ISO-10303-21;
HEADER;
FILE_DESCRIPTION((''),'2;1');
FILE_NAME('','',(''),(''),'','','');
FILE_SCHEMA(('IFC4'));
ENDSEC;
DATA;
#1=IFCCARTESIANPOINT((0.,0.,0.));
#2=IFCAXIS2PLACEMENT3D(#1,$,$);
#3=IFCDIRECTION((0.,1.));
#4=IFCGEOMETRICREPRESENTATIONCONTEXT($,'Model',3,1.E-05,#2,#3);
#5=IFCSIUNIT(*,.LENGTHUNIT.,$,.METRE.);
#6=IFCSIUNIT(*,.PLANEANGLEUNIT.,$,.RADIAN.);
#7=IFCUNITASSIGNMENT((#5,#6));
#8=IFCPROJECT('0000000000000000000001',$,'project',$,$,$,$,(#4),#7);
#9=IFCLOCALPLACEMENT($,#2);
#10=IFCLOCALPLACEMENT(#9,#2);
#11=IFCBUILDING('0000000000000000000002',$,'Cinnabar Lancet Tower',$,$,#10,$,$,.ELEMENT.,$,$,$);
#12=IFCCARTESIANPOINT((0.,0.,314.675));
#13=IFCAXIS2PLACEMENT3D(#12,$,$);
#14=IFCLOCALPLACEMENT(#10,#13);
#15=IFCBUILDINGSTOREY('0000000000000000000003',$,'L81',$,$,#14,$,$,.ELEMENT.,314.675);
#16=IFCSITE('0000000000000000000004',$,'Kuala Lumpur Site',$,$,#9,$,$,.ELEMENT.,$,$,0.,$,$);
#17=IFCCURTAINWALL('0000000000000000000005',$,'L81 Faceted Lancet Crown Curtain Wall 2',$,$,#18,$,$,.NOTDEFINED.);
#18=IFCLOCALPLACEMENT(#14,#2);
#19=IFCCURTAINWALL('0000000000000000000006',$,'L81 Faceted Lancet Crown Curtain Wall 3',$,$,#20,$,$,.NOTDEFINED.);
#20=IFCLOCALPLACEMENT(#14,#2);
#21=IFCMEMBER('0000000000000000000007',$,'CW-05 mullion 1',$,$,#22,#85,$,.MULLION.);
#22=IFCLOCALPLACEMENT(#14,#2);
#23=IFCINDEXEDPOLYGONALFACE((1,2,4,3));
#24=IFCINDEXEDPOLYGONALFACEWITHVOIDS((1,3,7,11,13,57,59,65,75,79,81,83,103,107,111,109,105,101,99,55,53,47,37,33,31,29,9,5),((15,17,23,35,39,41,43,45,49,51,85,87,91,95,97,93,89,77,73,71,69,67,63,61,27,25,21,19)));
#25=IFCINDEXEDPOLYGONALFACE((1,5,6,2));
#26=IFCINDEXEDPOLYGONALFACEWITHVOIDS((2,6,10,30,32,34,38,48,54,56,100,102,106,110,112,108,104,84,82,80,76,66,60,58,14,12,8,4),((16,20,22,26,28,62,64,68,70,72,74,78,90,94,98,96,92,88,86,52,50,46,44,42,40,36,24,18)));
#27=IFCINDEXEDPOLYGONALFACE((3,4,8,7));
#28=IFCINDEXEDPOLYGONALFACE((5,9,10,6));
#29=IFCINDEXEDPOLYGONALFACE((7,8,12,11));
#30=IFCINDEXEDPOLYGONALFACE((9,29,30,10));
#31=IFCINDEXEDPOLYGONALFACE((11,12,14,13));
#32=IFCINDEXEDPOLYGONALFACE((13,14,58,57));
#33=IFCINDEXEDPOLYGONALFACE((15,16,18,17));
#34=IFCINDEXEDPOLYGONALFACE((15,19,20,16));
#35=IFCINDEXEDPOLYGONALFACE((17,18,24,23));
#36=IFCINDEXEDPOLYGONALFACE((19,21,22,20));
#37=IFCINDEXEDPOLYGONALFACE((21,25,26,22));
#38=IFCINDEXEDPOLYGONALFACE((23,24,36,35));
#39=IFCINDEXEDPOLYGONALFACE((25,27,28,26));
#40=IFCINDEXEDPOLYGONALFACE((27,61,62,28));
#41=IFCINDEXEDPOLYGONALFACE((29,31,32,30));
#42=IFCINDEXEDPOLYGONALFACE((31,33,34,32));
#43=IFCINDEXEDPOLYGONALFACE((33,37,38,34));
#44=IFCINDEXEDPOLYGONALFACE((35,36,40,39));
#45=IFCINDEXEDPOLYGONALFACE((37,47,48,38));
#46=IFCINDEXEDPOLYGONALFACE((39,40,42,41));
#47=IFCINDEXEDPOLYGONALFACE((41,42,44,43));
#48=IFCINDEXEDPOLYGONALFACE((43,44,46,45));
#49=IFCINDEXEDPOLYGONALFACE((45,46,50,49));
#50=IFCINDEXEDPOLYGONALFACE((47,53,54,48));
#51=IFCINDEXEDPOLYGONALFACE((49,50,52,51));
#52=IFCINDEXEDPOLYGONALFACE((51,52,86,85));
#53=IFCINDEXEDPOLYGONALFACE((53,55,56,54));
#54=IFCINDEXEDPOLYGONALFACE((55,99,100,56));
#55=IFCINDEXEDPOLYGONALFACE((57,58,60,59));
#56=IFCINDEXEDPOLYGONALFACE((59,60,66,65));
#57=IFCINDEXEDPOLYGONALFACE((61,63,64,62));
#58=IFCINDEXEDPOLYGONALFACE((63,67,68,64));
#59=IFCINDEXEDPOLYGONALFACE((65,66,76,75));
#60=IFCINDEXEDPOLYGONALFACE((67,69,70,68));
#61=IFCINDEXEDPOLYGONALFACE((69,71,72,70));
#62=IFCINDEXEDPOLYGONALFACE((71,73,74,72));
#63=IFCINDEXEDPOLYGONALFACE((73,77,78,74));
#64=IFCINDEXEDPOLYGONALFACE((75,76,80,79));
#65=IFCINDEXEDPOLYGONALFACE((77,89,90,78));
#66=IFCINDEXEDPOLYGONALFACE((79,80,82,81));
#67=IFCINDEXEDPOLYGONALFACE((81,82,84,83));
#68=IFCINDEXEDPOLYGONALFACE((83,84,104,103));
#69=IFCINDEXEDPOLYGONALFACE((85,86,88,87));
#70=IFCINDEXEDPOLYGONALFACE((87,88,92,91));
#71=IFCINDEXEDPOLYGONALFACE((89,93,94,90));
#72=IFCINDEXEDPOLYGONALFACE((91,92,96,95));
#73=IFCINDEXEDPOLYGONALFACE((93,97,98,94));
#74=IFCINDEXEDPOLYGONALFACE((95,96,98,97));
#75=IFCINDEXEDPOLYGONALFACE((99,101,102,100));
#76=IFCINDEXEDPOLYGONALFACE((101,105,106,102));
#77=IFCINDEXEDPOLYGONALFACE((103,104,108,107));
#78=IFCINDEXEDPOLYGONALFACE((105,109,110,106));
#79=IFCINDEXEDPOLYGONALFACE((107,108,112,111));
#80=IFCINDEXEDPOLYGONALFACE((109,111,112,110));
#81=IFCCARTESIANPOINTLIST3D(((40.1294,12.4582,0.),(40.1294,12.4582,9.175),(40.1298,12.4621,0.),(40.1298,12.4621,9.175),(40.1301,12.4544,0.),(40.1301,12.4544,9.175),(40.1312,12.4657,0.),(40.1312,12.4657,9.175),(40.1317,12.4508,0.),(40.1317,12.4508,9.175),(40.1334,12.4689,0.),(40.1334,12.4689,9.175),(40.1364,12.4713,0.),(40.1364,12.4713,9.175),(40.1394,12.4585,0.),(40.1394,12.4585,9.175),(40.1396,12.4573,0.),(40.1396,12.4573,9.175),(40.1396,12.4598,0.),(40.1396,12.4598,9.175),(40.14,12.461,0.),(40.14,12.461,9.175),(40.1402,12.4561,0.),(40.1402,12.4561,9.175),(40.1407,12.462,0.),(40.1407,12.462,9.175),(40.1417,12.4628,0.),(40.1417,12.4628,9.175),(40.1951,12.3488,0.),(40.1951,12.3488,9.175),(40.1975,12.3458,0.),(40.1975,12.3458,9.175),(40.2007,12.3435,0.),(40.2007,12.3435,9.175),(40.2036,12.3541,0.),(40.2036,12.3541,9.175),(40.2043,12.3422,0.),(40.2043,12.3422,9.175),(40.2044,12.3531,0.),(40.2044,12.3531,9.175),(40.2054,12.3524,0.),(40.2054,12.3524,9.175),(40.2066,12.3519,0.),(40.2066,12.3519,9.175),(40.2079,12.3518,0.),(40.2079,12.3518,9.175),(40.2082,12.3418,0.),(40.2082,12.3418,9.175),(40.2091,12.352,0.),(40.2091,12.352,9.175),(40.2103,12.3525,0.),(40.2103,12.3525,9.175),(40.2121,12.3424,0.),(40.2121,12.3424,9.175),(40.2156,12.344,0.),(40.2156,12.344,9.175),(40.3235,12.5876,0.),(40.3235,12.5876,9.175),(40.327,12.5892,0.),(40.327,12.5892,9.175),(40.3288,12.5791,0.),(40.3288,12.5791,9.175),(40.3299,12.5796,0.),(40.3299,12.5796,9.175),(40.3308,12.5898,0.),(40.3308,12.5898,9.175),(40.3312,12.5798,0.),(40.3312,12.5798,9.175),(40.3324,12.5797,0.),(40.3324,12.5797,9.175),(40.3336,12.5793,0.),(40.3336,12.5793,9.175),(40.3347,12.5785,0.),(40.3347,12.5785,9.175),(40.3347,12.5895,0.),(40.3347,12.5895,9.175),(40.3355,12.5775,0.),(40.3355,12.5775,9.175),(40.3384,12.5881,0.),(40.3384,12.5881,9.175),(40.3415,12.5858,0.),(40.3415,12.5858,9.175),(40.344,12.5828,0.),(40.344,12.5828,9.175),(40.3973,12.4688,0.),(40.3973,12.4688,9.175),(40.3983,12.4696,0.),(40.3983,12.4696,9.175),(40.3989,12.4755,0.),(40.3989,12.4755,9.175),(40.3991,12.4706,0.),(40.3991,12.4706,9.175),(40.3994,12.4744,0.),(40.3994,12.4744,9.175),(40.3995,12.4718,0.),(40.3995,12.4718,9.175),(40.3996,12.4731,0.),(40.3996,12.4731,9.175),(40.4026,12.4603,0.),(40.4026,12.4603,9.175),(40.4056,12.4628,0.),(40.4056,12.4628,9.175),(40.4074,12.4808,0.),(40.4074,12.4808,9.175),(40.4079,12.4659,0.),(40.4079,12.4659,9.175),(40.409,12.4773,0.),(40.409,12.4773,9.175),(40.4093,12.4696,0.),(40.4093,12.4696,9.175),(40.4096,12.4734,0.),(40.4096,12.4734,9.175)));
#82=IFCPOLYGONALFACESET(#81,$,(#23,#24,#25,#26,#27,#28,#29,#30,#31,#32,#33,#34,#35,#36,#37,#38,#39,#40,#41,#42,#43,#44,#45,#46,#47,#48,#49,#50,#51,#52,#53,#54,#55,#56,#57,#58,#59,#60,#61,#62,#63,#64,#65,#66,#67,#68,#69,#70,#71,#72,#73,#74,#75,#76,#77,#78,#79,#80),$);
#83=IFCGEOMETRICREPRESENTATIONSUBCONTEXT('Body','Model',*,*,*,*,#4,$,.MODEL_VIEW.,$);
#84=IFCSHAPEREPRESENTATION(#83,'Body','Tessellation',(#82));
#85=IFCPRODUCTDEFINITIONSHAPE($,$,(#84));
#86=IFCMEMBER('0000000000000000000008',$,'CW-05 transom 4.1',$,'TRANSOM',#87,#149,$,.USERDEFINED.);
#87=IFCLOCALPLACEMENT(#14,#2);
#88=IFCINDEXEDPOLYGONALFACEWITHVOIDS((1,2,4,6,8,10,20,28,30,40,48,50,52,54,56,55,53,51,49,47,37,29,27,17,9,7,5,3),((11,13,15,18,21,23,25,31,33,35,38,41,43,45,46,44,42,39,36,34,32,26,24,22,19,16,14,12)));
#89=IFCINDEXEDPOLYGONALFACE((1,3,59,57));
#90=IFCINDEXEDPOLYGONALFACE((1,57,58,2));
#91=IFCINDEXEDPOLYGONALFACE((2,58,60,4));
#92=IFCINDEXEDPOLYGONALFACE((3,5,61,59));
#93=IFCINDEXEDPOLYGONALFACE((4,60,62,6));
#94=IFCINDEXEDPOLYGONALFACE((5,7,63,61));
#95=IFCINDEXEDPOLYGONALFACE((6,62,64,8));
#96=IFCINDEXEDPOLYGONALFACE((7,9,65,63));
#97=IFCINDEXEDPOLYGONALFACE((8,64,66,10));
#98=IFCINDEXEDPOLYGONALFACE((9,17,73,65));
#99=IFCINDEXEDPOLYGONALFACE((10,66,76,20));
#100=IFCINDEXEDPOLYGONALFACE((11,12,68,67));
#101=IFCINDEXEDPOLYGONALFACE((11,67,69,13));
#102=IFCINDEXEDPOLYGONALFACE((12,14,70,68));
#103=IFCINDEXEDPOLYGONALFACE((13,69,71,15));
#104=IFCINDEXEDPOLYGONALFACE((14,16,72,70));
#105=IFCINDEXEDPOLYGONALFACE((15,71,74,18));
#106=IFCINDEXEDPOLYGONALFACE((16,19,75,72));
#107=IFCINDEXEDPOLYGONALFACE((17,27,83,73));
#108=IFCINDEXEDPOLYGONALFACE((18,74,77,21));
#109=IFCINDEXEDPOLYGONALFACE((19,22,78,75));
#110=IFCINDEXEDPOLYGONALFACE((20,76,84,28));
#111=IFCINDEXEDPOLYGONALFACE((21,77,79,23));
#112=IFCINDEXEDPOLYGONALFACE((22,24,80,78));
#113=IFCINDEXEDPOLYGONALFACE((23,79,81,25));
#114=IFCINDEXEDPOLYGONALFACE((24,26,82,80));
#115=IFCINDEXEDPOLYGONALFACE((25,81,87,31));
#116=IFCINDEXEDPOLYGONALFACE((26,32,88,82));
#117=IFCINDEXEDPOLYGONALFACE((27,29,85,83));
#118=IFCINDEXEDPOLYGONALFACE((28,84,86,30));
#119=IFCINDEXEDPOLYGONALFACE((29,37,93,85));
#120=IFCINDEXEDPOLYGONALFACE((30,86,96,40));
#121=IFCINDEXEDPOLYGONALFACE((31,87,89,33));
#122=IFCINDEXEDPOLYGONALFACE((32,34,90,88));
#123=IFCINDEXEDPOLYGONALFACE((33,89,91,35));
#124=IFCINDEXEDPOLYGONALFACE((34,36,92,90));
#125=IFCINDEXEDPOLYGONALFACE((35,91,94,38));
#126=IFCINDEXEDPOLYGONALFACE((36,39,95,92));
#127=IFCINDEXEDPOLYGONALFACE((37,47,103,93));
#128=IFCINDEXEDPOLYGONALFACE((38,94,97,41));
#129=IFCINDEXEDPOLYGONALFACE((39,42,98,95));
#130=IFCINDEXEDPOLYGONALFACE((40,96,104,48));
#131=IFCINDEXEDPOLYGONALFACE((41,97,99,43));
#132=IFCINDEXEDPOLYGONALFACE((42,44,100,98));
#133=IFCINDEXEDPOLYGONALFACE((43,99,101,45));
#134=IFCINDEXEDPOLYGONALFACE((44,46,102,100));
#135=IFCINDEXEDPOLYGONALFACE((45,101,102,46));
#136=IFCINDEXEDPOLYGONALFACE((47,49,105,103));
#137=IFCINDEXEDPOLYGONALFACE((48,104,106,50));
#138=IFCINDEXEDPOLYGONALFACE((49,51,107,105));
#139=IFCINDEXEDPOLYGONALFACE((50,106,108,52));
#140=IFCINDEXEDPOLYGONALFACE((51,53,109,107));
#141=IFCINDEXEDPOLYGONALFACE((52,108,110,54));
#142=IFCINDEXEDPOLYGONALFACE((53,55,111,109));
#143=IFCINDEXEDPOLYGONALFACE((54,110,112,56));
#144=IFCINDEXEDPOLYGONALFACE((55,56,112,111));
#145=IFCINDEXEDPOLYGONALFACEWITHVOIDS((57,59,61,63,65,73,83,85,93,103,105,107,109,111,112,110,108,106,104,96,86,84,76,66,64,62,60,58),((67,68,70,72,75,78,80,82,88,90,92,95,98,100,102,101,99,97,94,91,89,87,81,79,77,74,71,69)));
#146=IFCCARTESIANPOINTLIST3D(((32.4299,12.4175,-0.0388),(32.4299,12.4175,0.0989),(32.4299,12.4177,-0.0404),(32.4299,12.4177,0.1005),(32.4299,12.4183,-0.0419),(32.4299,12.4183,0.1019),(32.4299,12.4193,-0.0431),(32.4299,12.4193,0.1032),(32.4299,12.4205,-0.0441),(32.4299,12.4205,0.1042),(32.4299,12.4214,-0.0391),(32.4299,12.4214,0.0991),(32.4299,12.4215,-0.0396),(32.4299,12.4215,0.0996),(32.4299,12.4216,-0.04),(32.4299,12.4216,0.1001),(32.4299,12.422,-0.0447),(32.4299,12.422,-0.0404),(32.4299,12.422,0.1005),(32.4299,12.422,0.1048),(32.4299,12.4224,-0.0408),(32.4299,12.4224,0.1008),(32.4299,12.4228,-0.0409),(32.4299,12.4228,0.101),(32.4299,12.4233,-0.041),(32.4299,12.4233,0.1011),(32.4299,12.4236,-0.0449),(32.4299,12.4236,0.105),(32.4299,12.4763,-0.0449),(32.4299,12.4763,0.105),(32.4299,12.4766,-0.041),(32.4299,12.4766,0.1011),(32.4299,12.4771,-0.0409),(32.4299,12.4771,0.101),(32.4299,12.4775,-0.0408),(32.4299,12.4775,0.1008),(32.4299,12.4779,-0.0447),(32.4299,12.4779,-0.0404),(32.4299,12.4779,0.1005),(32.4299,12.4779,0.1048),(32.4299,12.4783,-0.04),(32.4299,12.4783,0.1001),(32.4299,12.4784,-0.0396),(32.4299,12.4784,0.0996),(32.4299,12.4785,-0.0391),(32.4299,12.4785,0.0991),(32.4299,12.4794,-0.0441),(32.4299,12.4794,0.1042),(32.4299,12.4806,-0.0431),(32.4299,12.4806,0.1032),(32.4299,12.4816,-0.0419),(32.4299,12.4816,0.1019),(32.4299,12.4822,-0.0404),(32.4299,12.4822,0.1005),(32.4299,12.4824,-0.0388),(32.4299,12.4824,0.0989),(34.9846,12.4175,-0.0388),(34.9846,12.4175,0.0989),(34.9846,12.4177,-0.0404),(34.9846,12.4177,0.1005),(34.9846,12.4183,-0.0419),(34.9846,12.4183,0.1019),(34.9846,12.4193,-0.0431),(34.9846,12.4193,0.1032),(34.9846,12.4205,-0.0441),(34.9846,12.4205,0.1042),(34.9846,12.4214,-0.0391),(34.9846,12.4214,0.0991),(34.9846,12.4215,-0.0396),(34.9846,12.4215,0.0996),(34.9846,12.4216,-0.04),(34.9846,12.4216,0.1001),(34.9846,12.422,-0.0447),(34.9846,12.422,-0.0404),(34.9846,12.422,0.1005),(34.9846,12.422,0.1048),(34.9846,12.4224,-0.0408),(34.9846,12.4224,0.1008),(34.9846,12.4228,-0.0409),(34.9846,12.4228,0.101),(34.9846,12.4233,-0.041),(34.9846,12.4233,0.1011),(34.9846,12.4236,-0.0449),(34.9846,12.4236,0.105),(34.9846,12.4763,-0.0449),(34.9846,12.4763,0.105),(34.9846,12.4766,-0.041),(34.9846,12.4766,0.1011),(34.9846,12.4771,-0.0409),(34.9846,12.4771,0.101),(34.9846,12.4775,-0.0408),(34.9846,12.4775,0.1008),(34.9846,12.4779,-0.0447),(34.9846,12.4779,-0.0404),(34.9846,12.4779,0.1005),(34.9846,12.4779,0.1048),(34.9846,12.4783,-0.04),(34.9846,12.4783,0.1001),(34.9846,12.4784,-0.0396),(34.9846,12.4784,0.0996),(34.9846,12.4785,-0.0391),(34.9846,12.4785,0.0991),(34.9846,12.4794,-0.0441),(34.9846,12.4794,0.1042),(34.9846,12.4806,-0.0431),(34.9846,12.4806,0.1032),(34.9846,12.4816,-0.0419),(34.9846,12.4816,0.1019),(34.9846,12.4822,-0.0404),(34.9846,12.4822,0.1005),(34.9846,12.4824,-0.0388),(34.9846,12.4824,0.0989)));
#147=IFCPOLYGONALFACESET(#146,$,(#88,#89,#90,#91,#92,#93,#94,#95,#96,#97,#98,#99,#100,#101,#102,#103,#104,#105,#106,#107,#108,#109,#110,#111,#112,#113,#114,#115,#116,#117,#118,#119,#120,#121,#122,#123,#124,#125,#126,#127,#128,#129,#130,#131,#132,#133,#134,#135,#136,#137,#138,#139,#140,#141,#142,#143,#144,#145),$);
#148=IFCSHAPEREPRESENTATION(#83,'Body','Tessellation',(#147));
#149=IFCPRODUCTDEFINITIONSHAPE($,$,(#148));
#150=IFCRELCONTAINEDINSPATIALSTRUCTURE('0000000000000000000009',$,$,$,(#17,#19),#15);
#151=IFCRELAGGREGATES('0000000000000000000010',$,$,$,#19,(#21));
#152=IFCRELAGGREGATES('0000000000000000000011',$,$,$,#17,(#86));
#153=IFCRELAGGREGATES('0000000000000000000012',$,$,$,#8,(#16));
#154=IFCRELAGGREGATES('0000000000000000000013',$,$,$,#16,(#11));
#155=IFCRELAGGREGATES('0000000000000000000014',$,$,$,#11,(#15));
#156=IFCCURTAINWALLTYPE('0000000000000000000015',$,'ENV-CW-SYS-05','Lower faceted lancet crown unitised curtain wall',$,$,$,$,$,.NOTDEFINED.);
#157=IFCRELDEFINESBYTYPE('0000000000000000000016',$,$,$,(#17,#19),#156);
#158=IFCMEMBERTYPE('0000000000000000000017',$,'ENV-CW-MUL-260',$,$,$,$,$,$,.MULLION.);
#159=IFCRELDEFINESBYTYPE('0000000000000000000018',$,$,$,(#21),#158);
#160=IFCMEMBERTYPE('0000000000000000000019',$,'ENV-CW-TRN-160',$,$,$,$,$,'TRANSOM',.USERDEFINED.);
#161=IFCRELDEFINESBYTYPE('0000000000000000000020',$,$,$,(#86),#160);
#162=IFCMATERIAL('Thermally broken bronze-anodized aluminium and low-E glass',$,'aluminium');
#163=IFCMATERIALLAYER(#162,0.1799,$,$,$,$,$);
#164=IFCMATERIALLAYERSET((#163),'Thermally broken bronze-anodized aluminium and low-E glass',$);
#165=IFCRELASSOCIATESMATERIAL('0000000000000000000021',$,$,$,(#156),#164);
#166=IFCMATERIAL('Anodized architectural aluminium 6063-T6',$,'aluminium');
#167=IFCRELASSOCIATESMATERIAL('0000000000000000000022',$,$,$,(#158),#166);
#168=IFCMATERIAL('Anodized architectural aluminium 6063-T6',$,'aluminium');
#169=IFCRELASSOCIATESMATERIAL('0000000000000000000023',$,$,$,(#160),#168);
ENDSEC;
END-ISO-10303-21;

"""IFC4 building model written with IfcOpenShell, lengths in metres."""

from ifc_helpers import new_model, si_unit, direction, frame, origin, origin_2d, place, context, subcontext, project, spatial, hollow_rectangle, extrude, material, layer, layer_set, material_profile, profile_set, type_object, element, aggregate, save


model = new_model("IFC4")

# Units and contexts
model_context = context("Model", 3, precision=1e-05, world=origin(), true_north=direction((0.0, 1.0)))
body_context = subcontext(model_context, "Body", "Model", "MODEL_VIEW")
ifc_project = project(units=[si_unit("LENGTHUNIT", "METRE"), si_unit("PLANEANGLEUNIT", "RADIAN")], contexts=[model_context])

# Site, building, storey
site_placement = place(None, origin())
site = spatial("IfcSite", under=ifc_project, at=site_placement, Name="Kuala Lumpur Site", CompositionType="ELEMENT", RefElevation=0.0)
building_placement = place(site_placement, origin())
building = spatial("IfcBuilding", under=site, at=building_placement, Name="Cinnabar Lancet Tower", CompositionType="ELEMENT")
storey_placement = place(building_placement, frame((0.0, 0.0, 314.675)))
storey = spatial("IfcBuildingStorey", under=building, at=storey_placement, Name="L81", CompositionType="ELEMENT", Elevation=314.675)

# Curtain wall
ifc_material_1 = material(Name="Thermally broken bronze-anodized aluminium and low-E glass", Category="aluminium")
ifc_layer_1 = layer(ifc_material_1, 0.1799)
ifc_layer_set_1 = layer_set([ifc_layer_1], Name="Thermally broken bronze-anodized aluminium and low-E glass")
curtain_wall_type = type_object("IfcCurtainWallType", Name="ENV-CW-SYS-05", Description="Lower faceted lancet crown unitised curtain wall", PredefinedType="NOTDEFINED", material=ifc_layer_set_1)
curtain_wall_1_placement = place(storey_placement, origin())
curtain_wall_1 = element("IfcCurtainWall", 1, at=curtain_wall_1_placement, inside=storey, type_object=curtain_wall_type, Name="L81 Faceted Lancet Crown Curtain Wall 2", PredefinedType="NOTDEFINED")
ifc_material_2 = material(Name="Anodized architectural aluminium 6063-T6", Category="aluminium")
ifc_material_profile_1 = material_profile(ifc_material_2, hollow_rectangle(XDim=0.1499, YDim=0.25, WallThickness=0.01, InnerFilletRadius=0.0049, OuterFilletRadius=0.0149, at=origin_2d()), Name="RHS 250x150x10")
ifc_profile_set_1 = profile_set([ifc_material_profile_1], Name="Anodized architectural aluminium 6063-T6")
member_type_1 = type_object("IfcMemberType", Name="ENV-CW-MUL-260", PredefinedType="MULLION", material=ifc_profile_set_1)

# Curtain wall, member
curtain_wall_2_placement = place(storey_placement, origin())
curtain_wall_2 = element("IfcCurtainWall", 2, at=curtain_wall_2_placement, inside=storey, type_object=curtain_wall_type, Name="L81 Faceted Lancet Crown Curtain Wall 3", PredefinedType="NOTDEFINED")
member_1_placement = place(storey_placement, frame((40.2695, 12.4658, 0.0), z_axis=(0.0, 0.0, 1.0), x_axis=(-0.527976, 0.849259, 0.0)))
member_1 = element("IfcMember", 3, at=member_1_placement, type_object=member_type_1, Name="CW-05 mullion 1", PredefinedType="MULLION", context=body_context, shape_type="SweptSolid", body=[
    extrude(hollow_rectangle(XDim=0.1499, YDim=0.25, WallThickness=0.01, InnerFilletRadius=0.0049, OuterFilletRadius=0.0149, at=origin_2d()), origin(), (0.0, 0.0, 1.0), 9.175),
])
aggregate(curtain_wall_2, [member_1])

# Member
ifc_material_3 = material(Name="Anodized architectural aluminium 6063-T6", Category="aluminium")
ifc_material_profile_2 = material_profile(ifc_material_3, hollow_rectangle(XDim=0.0649, YDim=0.1499, WallThickness=0.0039, InnerFilletRadius=0.002, OuterFilletRadius=0.0061, at=origin_2d()), Name="CW-TRN 150x65x4")
ifc_profile_set_2 = profile_set([ifc_material_profile_2], Name="Anodized architectural aluminium 6063-T6")
member_type_2 = type_object("IfcMemberType", Name="ENV-CW-TRN-160", ElementType="TRANSOM", PredefinedType="USERDEFINED", material=ifc_profile_set_2)
member_2_placement = place(storey_placement, frame((32.4299, 12.45, 0.03), z_axis=(1.0, 0.0, 0.0), x_axis=(0.0, 1.0, 0.0)))
member_2 = element("IfcMember", 4, at=member_2_placement, type_object=member_type_2, Name="CW-05 transom 4.1", ObjectType="TRANSOM", PredefinedType="USERDEFINED", context=body_context, shape_type="SweptSolid", body=[
    extrude(hollow_rectangle(XDim=0.0649, YDim=0.1499, WallThickness=0.0039, InnerFilletRadius=0.002, OuterFilletRadius=0.0061, at=origin_2d()), origin(), (0.0, 0.0, 1.0), 2.5547),
])

aggregate(curtain_wall_1, [member_2])

save(model, "model.ifc")
